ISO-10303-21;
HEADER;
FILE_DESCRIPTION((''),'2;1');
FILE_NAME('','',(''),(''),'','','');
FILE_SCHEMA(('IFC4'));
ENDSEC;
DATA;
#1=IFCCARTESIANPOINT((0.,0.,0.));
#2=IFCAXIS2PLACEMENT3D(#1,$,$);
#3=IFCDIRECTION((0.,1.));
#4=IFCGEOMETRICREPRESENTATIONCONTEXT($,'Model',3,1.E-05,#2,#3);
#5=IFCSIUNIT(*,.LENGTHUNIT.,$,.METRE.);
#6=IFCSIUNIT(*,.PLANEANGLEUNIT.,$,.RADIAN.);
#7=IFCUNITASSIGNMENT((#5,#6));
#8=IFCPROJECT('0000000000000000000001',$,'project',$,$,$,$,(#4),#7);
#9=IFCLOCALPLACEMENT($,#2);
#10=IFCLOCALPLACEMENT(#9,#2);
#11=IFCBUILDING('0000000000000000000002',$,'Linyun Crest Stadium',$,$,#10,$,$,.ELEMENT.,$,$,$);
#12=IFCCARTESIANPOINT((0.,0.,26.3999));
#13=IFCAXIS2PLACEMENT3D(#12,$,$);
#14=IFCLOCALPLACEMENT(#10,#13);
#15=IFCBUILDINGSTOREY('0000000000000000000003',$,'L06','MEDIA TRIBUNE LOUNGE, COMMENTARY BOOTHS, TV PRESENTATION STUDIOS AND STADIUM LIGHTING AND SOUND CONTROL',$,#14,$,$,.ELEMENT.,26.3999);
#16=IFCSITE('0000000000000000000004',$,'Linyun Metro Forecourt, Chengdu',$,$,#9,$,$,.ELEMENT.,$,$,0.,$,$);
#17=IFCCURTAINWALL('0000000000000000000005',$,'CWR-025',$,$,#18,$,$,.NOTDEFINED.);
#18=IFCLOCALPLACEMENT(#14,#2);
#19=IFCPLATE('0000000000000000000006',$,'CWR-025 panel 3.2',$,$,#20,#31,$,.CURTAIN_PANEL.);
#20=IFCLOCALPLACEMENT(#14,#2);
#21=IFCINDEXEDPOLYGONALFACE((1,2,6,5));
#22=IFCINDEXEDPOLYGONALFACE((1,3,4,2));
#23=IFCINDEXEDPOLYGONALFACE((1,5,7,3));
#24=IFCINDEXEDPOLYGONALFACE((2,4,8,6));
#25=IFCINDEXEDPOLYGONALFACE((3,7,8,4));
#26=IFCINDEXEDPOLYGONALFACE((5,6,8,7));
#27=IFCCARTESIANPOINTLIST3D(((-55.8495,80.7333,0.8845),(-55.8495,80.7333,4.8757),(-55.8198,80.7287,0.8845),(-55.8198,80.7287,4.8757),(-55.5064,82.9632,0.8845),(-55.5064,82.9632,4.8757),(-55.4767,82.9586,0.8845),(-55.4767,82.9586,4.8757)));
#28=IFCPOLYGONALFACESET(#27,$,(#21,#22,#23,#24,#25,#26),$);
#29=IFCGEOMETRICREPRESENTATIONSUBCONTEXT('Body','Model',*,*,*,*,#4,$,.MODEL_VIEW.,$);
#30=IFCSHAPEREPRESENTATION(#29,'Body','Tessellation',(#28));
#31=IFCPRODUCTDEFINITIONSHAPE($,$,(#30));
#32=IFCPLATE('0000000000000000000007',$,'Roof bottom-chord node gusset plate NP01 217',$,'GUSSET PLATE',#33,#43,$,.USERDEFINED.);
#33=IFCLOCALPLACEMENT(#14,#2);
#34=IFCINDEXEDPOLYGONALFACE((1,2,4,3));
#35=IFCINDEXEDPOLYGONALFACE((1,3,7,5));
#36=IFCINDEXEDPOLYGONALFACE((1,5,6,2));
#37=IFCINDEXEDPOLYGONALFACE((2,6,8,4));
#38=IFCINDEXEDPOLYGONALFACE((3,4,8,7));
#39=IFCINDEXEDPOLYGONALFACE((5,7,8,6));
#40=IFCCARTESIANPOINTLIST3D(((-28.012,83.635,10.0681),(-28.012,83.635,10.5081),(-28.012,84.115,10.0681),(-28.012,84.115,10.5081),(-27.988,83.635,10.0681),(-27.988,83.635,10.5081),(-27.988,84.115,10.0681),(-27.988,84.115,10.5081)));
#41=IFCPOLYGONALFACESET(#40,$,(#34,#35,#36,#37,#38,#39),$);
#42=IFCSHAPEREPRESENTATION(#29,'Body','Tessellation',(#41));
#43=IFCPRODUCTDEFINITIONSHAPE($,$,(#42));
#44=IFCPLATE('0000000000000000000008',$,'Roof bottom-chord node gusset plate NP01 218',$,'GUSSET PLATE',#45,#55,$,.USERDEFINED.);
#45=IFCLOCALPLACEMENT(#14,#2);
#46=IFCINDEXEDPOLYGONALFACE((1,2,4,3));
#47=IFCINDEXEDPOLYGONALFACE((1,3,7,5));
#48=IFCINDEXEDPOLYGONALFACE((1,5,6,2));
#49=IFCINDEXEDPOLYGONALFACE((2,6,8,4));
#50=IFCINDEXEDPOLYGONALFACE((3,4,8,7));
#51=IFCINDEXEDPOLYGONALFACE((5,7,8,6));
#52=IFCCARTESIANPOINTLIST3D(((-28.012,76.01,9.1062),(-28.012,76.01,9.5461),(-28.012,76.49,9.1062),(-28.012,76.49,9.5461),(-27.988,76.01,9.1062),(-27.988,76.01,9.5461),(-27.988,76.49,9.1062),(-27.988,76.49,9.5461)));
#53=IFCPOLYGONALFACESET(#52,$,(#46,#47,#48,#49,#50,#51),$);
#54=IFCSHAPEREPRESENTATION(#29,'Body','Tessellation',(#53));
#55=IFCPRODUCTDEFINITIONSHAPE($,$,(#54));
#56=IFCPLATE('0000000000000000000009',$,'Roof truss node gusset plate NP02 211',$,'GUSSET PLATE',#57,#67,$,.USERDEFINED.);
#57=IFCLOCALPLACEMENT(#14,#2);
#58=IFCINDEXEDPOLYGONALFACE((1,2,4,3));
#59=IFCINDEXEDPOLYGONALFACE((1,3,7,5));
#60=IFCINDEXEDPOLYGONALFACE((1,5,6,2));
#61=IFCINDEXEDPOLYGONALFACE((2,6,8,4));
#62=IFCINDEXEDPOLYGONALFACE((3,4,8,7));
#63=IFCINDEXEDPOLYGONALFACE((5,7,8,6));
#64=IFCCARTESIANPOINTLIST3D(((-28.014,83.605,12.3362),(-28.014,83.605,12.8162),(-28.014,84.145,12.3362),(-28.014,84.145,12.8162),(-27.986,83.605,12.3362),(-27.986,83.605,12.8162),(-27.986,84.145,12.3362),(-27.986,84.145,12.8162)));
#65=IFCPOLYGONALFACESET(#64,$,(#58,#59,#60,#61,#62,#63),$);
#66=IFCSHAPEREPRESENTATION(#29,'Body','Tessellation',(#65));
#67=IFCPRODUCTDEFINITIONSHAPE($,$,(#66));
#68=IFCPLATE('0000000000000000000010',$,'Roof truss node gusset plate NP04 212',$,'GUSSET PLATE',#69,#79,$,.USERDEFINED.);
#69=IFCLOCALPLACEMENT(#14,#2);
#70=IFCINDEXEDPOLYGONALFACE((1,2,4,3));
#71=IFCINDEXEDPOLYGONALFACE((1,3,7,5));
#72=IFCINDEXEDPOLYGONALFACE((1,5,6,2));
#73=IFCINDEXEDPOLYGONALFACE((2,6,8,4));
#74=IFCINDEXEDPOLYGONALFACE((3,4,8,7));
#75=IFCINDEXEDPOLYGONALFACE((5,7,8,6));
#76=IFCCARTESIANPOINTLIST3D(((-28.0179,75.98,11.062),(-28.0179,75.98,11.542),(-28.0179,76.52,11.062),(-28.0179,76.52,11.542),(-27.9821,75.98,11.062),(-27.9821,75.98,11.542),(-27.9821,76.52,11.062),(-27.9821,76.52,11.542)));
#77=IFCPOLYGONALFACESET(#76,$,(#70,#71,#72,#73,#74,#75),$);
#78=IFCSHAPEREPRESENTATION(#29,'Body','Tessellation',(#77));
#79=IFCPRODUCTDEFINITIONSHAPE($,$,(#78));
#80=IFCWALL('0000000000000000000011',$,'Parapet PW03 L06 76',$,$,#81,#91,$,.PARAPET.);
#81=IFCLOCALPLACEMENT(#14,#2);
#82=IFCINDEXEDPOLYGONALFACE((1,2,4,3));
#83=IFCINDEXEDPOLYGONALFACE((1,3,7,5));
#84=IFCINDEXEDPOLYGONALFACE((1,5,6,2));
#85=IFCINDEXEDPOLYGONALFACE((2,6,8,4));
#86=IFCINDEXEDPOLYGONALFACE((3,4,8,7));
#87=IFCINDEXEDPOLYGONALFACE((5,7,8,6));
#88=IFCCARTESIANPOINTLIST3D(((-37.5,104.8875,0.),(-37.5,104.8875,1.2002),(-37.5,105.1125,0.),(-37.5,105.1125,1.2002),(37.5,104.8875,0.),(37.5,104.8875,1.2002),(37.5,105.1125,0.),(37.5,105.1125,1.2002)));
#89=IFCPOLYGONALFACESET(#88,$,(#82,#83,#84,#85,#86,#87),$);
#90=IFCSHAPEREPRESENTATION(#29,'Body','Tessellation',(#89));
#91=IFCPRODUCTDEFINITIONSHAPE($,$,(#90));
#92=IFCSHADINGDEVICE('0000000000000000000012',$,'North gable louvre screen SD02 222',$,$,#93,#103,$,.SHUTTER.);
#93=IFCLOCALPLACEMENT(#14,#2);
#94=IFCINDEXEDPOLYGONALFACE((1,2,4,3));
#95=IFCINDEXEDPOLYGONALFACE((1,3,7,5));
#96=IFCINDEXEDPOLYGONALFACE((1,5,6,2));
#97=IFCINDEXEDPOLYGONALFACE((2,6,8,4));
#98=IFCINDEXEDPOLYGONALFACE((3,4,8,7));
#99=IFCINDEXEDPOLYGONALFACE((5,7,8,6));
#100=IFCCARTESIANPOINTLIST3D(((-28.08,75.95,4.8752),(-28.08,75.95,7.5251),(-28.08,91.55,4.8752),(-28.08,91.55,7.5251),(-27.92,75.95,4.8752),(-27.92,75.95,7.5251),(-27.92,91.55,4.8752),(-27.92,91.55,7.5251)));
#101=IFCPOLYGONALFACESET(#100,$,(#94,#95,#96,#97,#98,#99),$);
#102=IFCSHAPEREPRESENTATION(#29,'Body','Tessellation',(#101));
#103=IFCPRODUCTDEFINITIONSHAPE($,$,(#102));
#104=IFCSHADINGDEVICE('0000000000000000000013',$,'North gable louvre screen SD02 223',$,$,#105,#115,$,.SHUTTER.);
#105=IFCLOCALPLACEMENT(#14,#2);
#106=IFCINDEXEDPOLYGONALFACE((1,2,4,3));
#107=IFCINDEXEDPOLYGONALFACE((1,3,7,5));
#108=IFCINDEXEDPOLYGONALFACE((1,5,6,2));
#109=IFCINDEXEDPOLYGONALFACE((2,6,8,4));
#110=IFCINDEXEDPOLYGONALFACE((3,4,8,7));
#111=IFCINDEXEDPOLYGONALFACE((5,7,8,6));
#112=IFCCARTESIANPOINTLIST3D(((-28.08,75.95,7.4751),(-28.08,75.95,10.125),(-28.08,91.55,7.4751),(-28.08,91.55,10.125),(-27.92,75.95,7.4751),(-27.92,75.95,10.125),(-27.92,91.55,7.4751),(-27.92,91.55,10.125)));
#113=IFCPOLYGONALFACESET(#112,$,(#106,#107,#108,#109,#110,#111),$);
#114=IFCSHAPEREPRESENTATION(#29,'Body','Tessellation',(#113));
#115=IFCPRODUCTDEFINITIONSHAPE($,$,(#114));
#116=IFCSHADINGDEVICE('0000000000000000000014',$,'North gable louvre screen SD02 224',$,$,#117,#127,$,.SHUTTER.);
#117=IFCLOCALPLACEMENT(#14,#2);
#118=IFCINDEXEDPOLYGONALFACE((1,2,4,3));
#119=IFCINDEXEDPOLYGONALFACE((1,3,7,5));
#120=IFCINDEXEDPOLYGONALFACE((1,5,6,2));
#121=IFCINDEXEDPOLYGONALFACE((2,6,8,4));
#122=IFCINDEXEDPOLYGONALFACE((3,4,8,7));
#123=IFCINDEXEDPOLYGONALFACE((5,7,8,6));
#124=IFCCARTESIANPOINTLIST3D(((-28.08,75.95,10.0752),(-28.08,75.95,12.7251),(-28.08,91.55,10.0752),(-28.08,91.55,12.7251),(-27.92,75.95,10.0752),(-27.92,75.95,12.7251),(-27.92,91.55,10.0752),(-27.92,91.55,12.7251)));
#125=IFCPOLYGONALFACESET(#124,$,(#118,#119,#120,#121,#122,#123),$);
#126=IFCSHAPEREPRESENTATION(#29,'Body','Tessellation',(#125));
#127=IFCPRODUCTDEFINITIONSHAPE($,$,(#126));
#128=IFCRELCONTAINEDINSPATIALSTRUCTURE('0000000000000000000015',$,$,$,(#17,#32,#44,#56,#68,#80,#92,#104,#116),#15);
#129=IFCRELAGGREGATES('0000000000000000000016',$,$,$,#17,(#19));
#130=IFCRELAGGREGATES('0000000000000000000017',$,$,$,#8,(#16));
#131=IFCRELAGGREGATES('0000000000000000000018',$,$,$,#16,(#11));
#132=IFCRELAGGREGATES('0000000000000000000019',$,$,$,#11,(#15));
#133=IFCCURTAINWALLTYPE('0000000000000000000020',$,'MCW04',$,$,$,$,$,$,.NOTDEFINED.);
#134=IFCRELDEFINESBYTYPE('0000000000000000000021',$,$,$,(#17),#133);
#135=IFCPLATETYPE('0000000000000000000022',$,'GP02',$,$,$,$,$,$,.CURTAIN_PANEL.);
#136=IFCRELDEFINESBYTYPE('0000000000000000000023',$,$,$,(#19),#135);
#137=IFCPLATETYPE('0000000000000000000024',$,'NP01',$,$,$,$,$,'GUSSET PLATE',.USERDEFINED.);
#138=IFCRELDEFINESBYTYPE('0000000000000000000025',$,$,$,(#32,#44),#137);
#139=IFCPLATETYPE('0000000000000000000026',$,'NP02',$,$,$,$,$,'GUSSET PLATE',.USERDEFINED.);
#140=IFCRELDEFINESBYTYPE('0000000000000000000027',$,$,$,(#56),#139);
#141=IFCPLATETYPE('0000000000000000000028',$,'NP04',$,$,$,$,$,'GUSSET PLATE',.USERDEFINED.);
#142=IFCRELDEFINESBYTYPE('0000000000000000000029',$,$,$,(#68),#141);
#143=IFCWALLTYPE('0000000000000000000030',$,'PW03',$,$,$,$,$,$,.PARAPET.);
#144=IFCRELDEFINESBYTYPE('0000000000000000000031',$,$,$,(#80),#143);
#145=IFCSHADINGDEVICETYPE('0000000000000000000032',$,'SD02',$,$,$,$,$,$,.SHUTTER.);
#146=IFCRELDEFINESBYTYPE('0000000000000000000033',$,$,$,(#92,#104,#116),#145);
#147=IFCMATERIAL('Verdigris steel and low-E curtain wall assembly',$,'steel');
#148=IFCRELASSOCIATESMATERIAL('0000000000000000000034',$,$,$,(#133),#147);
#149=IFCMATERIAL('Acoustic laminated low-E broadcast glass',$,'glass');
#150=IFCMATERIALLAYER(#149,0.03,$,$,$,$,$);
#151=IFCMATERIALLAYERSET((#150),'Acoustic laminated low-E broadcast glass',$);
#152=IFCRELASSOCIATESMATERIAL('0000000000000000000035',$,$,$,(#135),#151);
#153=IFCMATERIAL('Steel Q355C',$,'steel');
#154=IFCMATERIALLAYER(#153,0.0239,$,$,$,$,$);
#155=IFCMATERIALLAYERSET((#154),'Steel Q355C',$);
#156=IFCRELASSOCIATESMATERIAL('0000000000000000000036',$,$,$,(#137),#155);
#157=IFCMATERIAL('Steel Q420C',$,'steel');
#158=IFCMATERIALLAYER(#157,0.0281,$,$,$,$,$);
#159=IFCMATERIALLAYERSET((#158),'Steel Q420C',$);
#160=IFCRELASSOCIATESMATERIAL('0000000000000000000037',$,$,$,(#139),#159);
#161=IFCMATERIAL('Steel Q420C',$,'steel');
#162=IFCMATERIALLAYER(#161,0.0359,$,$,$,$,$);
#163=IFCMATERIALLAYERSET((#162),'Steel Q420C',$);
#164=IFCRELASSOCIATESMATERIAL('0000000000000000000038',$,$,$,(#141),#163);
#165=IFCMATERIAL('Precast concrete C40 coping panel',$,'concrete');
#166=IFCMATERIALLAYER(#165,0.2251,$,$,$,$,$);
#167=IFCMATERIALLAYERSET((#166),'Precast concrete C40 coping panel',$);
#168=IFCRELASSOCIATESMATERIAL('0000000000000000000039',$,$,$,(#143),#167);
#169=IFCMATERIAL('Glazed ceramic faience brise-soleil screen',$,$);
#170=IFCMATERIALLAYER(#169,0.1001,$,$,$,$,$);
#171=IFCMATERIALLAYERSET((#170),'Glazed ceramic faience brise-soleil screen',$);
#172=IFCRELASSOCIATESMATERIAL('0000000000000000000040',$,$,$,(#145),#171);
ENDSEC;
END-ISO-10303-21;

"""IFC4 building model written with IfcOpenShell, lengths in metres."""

from ifc_helpers import new_model, si_unit, direction, frame, frame_2d, origin, origin_2d, place, context, subcontext, project, spatial, rectangle, extrude, material, layer, layer_set, type_object, element, aggregate, save


model = new_model("IFC4")

# Units and contexts
model_context = context("Model", 3, precision=1e-05, world=origin(), true_north=direction((0.0, 1.0)))
body_context = subcontext(model_context, "Body", "Model", "MODEL_VIEW")
ifc_project = project(units=[si_unit("LENGTHUNIT", "METRE"), si_unit("PLANEANGLEUNIT", "RADIAN")], contexts=[model_context])

# Site, building, storey
site_placement = place(None, origin())
site = spatial("IfcSite", under=ifc_project, at=site_placement, Name="Linyun Metro Forecourt, Chengdu", CompositionType="ELEMENT", RefElevation=0.0)
building_placement = place(site_placement, origin())
building = spatial("IfcBuilding", under=site, at=building_placement, Name="Linyun Crest Stadium", CompositionType="ELEMENT")
storey_placement = place(building_placement, frame((0.0, 0.0, 26.3999)))
storey = spatial("IfcBuildingStorey", under=building, at=storey_placement, Name="L06", Description="MEDIA TRIBUNE LOUNGE, COMMENTARY BOOTHS, TV PRESENTATION STUDIOS AND STADIUM LIGHTING AND SOUND CONTROL", CompositionType="ELEMENT", Elevation=26.3999)

# Curtain wall
ifc_material_1 = material(Name="Verdigris steel and low-E curtain wall assembly", Category="steel")
curtain_wall_type = type_object("IfcCurtainWallType", Name="MCW04", PredefinedType="NOTDEFINED", material=ifc_material_1)
curtain_wall_1_placement = place(storey_placement, origin())
curtain_wall_1 = element("IfcCurtainWall", 1, at=curtain_wall_1_placement, inside=storey, type_object=curtain_wall_type, Name="CWR-025", PredefinedType="NOTDEFINED")

# Plate
ifc_material_2 = material(Name="Acoustic laminated low-E broadcast glass", Category="glass")
ifc_layer_1 = layer(ifc_material_2, 0.03)
ifc_layer_set_1 = layer_set([ifc_layer_1], Name="Acoustic laminated low-E broadcast glass")
plate_type_1 = type_object("IfcPlateType", Name="GP02", PredefinedType="CURTAIN_PANEL", material=ifc_layer_set_1)
plate_1_placement = place(storey_placement, frame((-55.6631, 81.8459, 0.8845), z_axis=(0.0, 0.0, 1.0), x_axis=(0.152054, 0.988372, 0.0)))
plate_1 = element("IfcPlate", 2, at=plate_1_placement, type_object=plate_type_1, Name="CWR-025 panel 3.2", PredefinedType="CURTAIN_PANEL", context=body_context, shape_type="SweptSolid", body=[
    extrude(rectangle(XDim=2.2561, YDim=0.03, at=origin_2d()), origin(), (0.0, 0.0, 1.0), 3.9912),
])
aggregate(curtain_wall_1, [plate_1])

# Plates
ifc_material_3 = material(Name="Steel Q355C", Category="steel")
ifc_layer_2 = layer(ifc_material_3, 0.0239)
ifc_layer_set_2 = layer_set([ifc_layer_2], Name="Steel Q355C")
plate_type_2 = type_object("IfcPlateType", Name="NP01", ElementType="GUSSET PLATE", PredefinedType="USERDEFINED", material=ifc_layer_set_2)
for number, where, z_axis, x_axis, name in (
    (3, (-28.0, 83.875, 10.0681), (0.0, 0.0, 1.0), (0.0, 1.0, 0.0), "Roof bottom-chord node gusset plate NP01 217"),
    (4, (-28.0, 76.25, 9.1062), (0.0, 0.0, 1.0), (0.0, 1.0, 0.0), "Roof bottom-chord node gusset plate NP01 218"),
):
    element("IfcPlate", number, at=place(storey_placement, frame(where, z_axis=z_axis, x_axis=x_axis)), inside=storey, type_object=plate_type_2, Name=name, ObjectType="GUSSET PLATE", PredefinedType="USERDEFINED", context=body_context, shape_type="SweptSolid", body=[
        extrude(rectangle(XDim=0.48, YDim=0.0239, at=origin_2d()), origin(), (0.0, 0.0, 1.0), 0.4399),
    ])
ifc_material_4 = material(Name="Steel Q420C", Category="steel")
ifc_layer_3 = layer(ifc_material_4, 0.0281)
ifc_layer_set_3 = layer_set([ifc_layer_3], Name="Steel Q420C")
plate_type_3 = type_object("IfcPlateType", Name="NP02", ElementType="GUSSET PLATE", PredefinedType="USERDEFINED", material=ifc_layer_set_3)
plate_2_placement = place(storey_placement, frame((-28.0, 83.875, 12.3362), z_axis=(0.0, 0.0, 1.0), x_axis=(0.0, 1.0, 0.0)))
element("IfcPlate", 5, at=plate_2_placement, inside=storey, type_object=plate_type_3, Name="Roof truss node gusset plate NP02 211", ObjectType="GUSSET PLATE", PredefinedType="USERDEFINED", context=body_context, shape_type="SweptSolid", body=[
    extrude(rectangle(XDim=0.54, YDim=0.0281, at=origin_2d()), origin(), (0.0, 0.0, 1.0), 0.48),
])
ifc_material_5 = material(Name="Steel Q420C", Category="steel")
ifc_layer_4 = layer(ifc_material_5, 0.0359)
ifc_layer_set_4 = layer_set([ifc_layer_4], Name="Steel Q420C")
plate_type_4 = type_object("IfcPlateType", Name="NP04", ElementType="GUSSET PLATE", PredefinedType="USERDEFINED", material=ifc_layer_set_4)
plate_3_placement = place(storey_placement, frame((-28.0, 76.25, 11.062), z_axis=(0.0, 0.0, 1.0), x_axis=(0.0, 1.0, 0.0)))
element("IfcPlate", 6, at=plate_3_placement, inside=storey, type_object=plate_type_4, Name="Roof truss node gusset plate NP04 212", ObjectType="GUSSET PLATE", PredefinedType="USERDEFINED", context=body_context, shape_type="SweptSolid", body=[
    extrude(rectangle(XDim=0.54, YDim=0.0359, at=origin_2d()), origin(), (0.0, 0.0, 1.0), 0.48),
])

# Wall
ifc_material_6 = material(Name="Precast concrete C40 coping panel", Category="concrete")
ifc_layer_5 = layer(ifc_material_6, 0.2251)
ifc_layer_set_5 = layer_set([ifc_layer_5], Name="Precast concrete C40 coping panel")
wall_type = type_object("IfcWallType", Name="PW03", PredefinedType="PARAPET", material=ifc_layer_set_5)
wall_placement = place(storey_placement, frame((-37.5, 105.0, 0.0), z_axis=(0.0, 0.0, 1.0), x_axis=(1.0, 0.0, 0.0)))
element("IfcWall", 7, at=wall_placement, inside=storey, type_object=wall_type, Name="Parapet PW03 L06 76", PredefinedType="PARAPET", context=body_context, shape_type="SweptSolid", body=[
    extrude(rectangle(XDim=75.0, YDim=0.2251, at=frame_2d((37.5, 0.0))), origin(), (0.0, 0.0, 1.0), 1.2002),
])

# Shading devices
ifc_material_7 = material(Name="Glazed ceramic faience brise-soleil screen")
ifc_layer_6 = layer(ifc_material_7, 0.1001)
ifc_layer_set_6 = layer_set([ifc_layer_6], Name="Glazed ceramic faience brise-soleil screen")
shading_device_type = type_object("IfcShadingDeviceType", Name="SD02", PredefinedType="SHUTTER", material=ifc_layer_set_6)
for number, where, z_axis, x_axis, name in (
    (8, (-28.0, 83.75, 4.8752), (0.0, 0.0, 1.0), (1.0, 0.0, 0.0), "North gable louvre screen SD02 222"),
    (9, (-28.0, 83.75, 7.4751), (0.0, 0.0, 1.0), (1.0, 0.0, 0.0), "North gable louvre screen SD02 223"),
    (10, (-28.0, 83.75, 10.0752), (0.0, 0.0, 1.0), (1.0, 0.0, 0.0), "North gable louvre screen SD02 224"),
):
    element("IfcShadingDevice", number, at=place(storey_placement, frame(where, z_axis=z_axis, x_axis=x_axis)), inside=storey, type_object=shading_device_type, Name=name, PredefinedType="SHUTTER", context=body_context, shape_type="SweptSolid", body=[
        extrude(rectangle(XDim=0.1599, YDim=15.6001, at=origin_2d()), origin(), (0.0, 0.0, 1.0), 2.6499),
    ])

save(model, "model.ifc")
